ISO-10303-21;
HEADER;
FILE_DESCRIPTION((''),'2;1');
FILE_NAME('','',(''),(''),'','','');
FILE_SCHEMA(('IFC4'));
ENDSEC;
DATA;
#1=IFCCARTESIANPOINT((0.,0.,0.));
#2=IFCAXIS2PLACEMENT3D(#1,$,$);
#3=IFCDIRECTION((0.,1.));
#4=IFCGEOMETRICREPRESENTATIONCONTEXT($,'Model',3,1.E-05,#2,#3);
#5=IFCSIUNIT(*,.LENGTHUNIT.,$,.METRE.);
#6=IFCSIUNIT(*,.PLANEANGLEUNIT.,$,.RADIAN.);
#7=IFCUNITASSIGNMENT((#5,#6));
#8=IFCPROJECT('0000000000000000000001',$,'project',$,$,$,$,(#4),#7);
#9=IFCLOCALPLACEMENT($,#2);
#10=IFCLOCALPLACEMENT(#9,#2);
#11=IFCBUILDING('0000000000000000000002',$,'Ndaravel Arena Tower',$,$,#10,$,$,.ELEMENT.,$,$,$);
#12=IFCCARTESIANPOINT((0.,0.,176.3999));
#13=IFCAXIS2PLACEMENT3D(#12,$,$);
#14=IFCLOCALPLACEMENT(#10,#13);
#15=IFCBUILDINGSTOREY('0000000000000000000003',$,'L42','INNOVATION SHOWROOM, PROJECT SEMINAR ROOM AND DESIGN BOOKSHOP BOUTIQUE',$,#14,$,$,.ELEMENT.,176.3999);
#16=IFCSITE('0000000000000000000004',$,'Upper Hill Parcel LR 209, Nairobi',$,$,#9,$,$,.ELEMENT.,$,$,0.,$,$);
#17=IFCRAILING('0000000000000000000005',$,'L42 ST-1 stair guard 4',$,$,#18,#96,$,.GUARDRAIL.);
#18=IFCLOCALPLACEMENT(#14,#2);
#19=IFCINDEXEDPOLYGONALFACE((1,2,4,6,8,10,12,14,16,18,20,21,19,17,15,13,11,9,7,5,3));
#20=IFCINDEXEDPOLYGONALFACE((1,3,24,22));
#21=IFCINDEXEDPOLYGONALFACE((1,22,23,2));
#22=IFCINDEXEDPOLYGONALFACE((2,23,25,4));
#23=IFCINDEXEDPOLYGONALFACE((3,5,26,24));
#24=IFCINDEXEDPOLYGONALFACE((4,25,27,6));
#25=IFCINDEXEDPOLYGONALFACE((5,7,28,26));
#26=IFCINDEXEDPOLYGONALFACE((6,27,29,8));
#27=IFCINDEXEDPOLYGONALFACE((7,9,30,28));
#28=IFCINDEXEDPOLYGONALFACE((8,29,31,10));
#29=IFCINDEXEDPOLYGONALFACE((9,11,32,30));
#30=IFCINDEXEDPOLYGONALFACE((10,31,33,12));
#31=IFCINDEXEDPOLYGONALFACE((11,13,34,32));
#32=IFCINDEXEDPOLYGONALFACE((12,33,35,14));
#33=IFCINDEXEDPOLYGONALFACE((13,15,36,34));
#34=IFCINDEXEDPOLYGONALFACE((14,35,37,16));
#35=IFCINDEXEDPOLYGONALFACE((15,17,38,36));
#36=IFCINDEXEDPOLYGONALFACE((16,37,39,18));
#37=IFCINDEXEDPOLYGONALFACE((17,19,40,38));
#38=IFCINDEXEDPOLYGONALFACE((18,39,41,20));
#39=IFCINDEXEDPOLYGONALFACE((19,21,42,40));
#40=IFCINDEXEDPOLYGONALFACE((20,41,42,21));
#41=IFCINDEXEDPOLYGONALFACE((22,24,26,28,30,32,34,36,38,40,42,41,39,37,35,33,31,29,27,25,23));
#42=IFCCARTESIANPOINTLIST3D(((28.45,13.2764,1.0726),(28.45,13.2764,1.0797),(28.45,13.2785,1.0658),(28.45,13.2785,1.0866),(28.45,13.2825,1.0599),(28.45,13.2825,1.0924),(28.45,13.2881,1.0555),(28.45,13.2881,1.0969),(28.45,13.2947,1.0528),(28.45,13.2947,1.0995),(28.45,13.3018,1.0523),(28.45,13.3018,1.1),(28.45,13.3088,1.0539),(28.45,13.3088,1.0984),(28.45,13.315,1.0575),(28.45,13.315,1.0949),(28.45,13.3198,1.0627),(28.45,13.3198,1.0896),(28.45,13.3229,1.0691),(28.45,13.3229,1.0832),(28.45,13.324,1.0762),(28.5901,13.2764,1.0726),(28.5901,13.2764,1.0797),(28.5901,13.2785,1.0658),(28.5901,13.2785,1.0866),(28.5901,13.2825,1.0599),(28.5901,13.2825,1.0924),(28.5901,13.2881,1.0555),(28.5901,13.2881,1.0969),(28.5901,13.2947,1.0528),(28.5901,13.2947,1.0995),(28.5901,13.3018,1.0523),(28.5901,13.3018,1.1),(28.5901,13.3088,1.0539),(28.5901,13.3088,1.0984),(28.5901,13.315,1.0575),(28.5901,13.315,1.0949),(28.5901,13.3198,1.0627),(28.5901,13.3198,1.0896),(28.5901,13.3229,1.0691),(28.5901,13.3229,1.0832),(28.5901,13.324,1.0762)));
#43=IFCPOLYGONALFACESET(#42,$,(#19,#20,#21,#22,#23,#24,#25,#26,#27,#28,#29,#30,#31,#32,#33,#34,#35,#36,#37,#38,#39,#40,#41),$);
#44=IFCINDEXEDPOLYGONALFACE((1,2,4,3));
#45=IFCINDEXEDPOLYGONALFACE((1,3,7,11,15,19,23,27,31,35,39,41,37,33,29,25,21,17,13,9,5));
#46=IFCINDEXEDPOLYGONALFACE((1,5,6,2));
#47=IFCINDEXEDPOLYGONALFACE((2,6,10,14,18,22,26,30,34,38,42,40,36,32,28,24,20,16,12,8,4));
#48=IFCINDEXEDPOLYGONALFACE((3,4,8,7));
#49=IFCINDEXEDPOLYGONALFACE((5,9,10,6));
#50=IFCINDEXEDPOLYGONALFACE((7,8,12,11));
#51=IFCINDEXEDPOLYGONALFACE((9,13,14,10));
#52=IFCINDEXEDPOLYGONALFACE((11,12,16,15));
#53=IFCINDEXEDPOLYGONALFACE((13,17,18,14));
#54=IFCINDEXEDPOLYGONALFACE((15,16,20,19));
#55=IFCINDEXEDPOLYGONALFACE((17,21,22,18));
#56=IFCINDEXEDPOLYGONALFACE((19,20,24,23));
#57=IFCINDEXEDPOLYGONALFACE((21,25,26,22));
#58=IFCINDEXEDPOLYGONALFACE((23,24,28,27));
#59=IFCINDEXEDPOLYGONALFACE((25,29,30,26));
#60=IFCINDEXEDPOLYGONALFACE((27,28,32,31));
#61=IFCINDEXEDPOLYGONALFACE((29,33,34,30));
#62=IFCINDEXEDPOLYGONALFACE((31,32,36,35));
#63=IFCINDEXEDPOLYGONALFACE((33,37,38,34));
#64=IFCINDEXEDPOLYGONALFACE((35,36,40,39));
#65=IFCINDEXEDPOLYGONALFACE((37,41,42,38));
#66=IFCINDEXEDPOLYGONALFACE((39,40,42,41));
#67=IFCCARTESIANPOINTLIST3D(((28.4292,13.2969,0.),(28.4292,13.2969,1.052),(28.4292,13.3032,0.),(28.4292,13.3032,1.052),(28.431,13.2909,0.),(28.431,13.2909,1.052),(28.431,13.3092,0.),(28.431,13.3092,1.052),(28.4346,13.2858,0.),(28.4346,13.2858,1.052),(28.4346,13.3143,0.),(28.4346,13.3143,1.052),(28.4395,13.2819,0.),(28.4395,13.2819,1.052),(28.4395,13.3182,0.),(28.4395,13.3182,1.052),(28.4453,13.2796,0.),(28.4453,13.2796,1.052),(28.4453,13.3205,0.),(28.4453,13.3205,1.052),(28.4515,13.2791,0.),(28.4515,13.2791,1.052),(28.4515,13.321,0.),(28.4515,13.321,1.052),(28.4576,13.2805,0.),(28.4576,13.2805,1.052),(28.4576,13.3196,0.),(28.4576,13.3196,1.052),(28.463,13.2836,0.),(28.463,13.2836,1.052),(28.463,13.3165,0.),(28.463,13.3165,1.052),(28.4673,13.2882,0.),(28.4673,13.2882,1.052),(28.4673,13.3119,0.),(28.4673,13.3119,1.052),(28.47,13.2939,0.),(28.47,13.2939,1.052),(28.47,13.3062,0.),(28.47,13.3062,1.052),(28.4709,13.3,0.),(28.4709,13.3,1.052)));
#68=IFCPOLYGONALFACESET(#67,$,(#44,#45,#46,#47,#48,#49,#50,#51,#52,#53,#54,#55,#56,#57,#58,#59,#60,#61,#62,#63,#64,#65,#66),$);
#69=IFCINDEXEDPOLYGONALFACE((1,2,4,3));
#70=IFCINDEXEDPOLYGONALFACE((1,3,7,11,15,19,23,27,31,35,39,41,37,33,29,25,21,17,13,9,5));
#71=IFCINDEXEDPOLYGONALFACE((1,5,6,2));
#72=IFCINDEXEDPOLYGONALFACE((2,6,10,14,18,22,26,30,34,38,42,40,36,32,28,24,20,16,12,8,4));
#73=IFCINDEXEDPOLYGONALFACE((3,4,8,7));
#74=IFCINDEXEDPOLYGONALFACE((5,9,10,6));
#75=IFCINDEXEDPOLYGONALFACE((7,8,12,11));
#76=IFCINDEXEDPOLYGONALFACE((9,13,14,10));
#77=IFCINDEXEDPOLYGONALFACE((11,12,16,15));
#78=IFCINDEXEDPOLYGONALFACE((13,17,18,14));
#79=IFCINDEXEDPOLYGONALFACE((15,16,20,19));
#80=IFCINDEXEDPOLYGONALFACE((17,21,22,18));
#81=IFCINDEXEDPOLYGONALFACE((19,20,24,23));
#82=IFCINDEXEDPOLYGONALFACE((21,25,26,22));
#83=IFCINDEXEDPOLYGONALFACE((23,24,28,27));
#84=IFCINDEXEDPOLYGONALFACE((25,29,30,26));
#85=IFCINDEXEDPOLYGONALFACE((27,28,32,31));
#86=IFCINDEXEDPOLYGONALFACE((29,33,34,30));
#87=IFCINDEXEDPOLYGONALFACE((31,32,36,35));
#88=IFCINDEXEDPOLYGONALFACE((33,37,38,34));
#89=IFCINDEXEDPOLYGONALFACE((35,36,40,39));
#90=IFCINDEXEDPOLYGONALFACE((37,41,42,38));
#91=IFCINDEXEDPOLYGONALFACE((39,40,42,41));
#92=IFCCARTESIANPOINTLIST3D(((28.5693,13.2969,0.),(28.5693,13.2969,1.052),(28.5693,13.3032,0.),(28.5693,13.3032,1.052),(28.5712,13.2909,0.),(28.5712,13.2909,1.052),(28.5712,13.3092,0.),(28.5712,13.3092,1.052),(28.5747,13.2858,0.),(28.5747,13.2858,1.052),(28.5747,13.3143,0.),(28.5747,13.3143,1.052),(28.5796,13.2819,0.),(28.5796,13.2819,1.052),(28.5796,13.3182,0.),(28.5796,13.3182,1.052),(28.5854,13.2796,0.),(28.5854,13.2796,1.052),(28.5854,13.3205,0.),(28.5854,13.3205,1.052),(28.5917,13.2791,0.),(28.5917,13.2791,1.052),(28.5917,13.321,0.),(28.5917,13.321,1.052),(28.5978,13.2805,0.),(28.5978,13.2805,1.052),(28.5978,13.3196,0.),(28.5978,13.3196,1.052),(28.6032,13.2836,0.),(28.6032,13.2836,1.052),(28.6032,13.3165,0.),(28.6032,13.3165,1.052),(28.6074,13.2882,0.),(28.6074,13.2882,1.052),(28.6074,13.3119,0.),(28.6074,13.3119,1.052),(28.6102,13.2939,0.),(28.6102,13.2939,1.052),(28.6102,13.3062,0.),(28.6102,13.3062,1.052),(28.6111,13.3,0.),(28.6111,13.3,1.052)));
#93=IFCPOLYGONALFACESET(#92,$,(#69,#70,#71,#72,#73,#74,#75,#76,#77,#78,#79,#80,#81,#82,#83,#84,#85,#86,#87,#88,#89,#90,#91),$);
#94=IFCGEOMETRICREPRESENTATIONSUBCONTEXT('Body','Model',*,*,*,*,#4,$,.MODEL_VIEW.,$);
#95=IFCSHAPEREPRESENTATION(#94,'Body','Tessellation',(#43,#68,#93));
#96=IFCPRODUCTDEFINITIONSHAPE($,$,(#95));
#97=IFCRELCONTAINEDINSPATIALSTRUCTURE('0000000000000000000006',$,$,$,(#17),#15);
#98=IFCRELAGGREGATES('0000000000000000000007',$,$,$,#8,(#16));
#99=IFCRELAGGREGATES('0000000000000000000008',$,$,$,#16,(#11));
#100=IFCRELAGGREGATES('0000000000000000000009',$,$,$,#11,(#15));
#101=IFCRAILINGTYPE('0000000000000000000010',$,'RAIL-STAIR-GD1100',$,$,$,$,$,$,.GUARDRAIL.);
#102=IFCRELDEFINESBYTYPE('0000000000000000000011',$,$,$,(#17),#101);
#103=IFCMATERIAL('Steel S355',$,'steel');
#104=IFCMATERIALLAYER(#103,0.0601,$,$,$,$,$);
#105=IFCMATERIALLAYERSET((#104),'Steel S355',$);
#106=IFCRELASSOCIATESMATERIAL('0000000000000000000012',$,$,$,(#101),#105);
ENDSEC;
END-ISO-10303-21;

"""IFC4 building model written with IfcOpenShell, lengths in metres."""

from ifc_helpers import new_model, si_unit, direction, frame, origin, origin_2d, place, context, subcontext, project, spatial, circle, extrude, material, layer, layer_set, type_object, element, save


model = new_model("IFC4")

# Units and contexts
model_context = context("Model", 3, precision=1e-05, world=origin(), true_north=direction((0.0, 1.0)))
body_context = subcontext(model_context, "Body", "Model", "MODEL_VIEW")
ifc_project = project(units=[si_unit("LENGTHUNIT", "METRE"), si_unit("PLANEANGLEUNIT", "RADIAN")], contexts=[model_context])

# Site, building, storey
site_placement = place(None, origin())
site = spatial("IfcSite", under=ifc_project, at=site_placement, Name="Upper Hill Parcel LR 209, Nairobi", CompositionType="ELEMENT", RefElevation=0.0)
building_placement = place(site_placement, origin())
building = spatial("IfcBuilding", under=site, at=building_placement, Name="Ndaravel Arena Tower", CompositionType="ELEMENT")
storey_placement = place(building_placement, frame((0.0, 0.0, 176.3999)))
storey = spatial("IfcBuildingStorey", under=building, at=storey_placement, Name="L42", Description="INNOVATION SHOWROOM, PROJECT SEMINAR ROOM AND DESIGN BOOKSHOP BOUTIQUE", CompositionType="ELEMENT", Elevation=176.3999)

# Railing
ifc_material_1 = material(Name="Steel S355", Category="steel")
ifc_layer_1 = layer(ifc_material_1, 0.0601)
ifc_layer_set_1 = layer_set([ifc_layer_1], Name="Steel S355")
railing_type_1 = type_object("IfcRailingType", Name="RAIL-STAIR-GD1100", PredefinedType="GUARDRAIL", material=ifc_layer_set_1)
railing_1_placement = place(storey_placement, frame((28.45, 13.3, 0.0)))
element("IfcRailing", 1, at=railing_1_placement, inside=storey, type_object=railing_type_1, Name="L42 ST-1 stair guard 4", PredefinedType="GUARDRAIL", context=body_context, shape_type="SweptSolid", body=[
    extrude(circle(Radius=0.0239, at=origin_2d()), frame((0.0, 0.0, 1.0762), z_axis=(1.0, 0.0, 0.0), x_axis=(0.0, 1.0, 0.0)), (0.0, 0.0, 1.0), 0.1401),
    extrude(circle(Radius=0.021, at=origin_2d()), origin(), (0.0, 0.0, 1.0), 1.052),
    extrude(circle(Radius=0.021, at=origin_2d()), frame((0.1401, 0.0, 0.0)), (0.0, 0.0, 1.0), 1.052),
])

save(model, "model.ifc")
